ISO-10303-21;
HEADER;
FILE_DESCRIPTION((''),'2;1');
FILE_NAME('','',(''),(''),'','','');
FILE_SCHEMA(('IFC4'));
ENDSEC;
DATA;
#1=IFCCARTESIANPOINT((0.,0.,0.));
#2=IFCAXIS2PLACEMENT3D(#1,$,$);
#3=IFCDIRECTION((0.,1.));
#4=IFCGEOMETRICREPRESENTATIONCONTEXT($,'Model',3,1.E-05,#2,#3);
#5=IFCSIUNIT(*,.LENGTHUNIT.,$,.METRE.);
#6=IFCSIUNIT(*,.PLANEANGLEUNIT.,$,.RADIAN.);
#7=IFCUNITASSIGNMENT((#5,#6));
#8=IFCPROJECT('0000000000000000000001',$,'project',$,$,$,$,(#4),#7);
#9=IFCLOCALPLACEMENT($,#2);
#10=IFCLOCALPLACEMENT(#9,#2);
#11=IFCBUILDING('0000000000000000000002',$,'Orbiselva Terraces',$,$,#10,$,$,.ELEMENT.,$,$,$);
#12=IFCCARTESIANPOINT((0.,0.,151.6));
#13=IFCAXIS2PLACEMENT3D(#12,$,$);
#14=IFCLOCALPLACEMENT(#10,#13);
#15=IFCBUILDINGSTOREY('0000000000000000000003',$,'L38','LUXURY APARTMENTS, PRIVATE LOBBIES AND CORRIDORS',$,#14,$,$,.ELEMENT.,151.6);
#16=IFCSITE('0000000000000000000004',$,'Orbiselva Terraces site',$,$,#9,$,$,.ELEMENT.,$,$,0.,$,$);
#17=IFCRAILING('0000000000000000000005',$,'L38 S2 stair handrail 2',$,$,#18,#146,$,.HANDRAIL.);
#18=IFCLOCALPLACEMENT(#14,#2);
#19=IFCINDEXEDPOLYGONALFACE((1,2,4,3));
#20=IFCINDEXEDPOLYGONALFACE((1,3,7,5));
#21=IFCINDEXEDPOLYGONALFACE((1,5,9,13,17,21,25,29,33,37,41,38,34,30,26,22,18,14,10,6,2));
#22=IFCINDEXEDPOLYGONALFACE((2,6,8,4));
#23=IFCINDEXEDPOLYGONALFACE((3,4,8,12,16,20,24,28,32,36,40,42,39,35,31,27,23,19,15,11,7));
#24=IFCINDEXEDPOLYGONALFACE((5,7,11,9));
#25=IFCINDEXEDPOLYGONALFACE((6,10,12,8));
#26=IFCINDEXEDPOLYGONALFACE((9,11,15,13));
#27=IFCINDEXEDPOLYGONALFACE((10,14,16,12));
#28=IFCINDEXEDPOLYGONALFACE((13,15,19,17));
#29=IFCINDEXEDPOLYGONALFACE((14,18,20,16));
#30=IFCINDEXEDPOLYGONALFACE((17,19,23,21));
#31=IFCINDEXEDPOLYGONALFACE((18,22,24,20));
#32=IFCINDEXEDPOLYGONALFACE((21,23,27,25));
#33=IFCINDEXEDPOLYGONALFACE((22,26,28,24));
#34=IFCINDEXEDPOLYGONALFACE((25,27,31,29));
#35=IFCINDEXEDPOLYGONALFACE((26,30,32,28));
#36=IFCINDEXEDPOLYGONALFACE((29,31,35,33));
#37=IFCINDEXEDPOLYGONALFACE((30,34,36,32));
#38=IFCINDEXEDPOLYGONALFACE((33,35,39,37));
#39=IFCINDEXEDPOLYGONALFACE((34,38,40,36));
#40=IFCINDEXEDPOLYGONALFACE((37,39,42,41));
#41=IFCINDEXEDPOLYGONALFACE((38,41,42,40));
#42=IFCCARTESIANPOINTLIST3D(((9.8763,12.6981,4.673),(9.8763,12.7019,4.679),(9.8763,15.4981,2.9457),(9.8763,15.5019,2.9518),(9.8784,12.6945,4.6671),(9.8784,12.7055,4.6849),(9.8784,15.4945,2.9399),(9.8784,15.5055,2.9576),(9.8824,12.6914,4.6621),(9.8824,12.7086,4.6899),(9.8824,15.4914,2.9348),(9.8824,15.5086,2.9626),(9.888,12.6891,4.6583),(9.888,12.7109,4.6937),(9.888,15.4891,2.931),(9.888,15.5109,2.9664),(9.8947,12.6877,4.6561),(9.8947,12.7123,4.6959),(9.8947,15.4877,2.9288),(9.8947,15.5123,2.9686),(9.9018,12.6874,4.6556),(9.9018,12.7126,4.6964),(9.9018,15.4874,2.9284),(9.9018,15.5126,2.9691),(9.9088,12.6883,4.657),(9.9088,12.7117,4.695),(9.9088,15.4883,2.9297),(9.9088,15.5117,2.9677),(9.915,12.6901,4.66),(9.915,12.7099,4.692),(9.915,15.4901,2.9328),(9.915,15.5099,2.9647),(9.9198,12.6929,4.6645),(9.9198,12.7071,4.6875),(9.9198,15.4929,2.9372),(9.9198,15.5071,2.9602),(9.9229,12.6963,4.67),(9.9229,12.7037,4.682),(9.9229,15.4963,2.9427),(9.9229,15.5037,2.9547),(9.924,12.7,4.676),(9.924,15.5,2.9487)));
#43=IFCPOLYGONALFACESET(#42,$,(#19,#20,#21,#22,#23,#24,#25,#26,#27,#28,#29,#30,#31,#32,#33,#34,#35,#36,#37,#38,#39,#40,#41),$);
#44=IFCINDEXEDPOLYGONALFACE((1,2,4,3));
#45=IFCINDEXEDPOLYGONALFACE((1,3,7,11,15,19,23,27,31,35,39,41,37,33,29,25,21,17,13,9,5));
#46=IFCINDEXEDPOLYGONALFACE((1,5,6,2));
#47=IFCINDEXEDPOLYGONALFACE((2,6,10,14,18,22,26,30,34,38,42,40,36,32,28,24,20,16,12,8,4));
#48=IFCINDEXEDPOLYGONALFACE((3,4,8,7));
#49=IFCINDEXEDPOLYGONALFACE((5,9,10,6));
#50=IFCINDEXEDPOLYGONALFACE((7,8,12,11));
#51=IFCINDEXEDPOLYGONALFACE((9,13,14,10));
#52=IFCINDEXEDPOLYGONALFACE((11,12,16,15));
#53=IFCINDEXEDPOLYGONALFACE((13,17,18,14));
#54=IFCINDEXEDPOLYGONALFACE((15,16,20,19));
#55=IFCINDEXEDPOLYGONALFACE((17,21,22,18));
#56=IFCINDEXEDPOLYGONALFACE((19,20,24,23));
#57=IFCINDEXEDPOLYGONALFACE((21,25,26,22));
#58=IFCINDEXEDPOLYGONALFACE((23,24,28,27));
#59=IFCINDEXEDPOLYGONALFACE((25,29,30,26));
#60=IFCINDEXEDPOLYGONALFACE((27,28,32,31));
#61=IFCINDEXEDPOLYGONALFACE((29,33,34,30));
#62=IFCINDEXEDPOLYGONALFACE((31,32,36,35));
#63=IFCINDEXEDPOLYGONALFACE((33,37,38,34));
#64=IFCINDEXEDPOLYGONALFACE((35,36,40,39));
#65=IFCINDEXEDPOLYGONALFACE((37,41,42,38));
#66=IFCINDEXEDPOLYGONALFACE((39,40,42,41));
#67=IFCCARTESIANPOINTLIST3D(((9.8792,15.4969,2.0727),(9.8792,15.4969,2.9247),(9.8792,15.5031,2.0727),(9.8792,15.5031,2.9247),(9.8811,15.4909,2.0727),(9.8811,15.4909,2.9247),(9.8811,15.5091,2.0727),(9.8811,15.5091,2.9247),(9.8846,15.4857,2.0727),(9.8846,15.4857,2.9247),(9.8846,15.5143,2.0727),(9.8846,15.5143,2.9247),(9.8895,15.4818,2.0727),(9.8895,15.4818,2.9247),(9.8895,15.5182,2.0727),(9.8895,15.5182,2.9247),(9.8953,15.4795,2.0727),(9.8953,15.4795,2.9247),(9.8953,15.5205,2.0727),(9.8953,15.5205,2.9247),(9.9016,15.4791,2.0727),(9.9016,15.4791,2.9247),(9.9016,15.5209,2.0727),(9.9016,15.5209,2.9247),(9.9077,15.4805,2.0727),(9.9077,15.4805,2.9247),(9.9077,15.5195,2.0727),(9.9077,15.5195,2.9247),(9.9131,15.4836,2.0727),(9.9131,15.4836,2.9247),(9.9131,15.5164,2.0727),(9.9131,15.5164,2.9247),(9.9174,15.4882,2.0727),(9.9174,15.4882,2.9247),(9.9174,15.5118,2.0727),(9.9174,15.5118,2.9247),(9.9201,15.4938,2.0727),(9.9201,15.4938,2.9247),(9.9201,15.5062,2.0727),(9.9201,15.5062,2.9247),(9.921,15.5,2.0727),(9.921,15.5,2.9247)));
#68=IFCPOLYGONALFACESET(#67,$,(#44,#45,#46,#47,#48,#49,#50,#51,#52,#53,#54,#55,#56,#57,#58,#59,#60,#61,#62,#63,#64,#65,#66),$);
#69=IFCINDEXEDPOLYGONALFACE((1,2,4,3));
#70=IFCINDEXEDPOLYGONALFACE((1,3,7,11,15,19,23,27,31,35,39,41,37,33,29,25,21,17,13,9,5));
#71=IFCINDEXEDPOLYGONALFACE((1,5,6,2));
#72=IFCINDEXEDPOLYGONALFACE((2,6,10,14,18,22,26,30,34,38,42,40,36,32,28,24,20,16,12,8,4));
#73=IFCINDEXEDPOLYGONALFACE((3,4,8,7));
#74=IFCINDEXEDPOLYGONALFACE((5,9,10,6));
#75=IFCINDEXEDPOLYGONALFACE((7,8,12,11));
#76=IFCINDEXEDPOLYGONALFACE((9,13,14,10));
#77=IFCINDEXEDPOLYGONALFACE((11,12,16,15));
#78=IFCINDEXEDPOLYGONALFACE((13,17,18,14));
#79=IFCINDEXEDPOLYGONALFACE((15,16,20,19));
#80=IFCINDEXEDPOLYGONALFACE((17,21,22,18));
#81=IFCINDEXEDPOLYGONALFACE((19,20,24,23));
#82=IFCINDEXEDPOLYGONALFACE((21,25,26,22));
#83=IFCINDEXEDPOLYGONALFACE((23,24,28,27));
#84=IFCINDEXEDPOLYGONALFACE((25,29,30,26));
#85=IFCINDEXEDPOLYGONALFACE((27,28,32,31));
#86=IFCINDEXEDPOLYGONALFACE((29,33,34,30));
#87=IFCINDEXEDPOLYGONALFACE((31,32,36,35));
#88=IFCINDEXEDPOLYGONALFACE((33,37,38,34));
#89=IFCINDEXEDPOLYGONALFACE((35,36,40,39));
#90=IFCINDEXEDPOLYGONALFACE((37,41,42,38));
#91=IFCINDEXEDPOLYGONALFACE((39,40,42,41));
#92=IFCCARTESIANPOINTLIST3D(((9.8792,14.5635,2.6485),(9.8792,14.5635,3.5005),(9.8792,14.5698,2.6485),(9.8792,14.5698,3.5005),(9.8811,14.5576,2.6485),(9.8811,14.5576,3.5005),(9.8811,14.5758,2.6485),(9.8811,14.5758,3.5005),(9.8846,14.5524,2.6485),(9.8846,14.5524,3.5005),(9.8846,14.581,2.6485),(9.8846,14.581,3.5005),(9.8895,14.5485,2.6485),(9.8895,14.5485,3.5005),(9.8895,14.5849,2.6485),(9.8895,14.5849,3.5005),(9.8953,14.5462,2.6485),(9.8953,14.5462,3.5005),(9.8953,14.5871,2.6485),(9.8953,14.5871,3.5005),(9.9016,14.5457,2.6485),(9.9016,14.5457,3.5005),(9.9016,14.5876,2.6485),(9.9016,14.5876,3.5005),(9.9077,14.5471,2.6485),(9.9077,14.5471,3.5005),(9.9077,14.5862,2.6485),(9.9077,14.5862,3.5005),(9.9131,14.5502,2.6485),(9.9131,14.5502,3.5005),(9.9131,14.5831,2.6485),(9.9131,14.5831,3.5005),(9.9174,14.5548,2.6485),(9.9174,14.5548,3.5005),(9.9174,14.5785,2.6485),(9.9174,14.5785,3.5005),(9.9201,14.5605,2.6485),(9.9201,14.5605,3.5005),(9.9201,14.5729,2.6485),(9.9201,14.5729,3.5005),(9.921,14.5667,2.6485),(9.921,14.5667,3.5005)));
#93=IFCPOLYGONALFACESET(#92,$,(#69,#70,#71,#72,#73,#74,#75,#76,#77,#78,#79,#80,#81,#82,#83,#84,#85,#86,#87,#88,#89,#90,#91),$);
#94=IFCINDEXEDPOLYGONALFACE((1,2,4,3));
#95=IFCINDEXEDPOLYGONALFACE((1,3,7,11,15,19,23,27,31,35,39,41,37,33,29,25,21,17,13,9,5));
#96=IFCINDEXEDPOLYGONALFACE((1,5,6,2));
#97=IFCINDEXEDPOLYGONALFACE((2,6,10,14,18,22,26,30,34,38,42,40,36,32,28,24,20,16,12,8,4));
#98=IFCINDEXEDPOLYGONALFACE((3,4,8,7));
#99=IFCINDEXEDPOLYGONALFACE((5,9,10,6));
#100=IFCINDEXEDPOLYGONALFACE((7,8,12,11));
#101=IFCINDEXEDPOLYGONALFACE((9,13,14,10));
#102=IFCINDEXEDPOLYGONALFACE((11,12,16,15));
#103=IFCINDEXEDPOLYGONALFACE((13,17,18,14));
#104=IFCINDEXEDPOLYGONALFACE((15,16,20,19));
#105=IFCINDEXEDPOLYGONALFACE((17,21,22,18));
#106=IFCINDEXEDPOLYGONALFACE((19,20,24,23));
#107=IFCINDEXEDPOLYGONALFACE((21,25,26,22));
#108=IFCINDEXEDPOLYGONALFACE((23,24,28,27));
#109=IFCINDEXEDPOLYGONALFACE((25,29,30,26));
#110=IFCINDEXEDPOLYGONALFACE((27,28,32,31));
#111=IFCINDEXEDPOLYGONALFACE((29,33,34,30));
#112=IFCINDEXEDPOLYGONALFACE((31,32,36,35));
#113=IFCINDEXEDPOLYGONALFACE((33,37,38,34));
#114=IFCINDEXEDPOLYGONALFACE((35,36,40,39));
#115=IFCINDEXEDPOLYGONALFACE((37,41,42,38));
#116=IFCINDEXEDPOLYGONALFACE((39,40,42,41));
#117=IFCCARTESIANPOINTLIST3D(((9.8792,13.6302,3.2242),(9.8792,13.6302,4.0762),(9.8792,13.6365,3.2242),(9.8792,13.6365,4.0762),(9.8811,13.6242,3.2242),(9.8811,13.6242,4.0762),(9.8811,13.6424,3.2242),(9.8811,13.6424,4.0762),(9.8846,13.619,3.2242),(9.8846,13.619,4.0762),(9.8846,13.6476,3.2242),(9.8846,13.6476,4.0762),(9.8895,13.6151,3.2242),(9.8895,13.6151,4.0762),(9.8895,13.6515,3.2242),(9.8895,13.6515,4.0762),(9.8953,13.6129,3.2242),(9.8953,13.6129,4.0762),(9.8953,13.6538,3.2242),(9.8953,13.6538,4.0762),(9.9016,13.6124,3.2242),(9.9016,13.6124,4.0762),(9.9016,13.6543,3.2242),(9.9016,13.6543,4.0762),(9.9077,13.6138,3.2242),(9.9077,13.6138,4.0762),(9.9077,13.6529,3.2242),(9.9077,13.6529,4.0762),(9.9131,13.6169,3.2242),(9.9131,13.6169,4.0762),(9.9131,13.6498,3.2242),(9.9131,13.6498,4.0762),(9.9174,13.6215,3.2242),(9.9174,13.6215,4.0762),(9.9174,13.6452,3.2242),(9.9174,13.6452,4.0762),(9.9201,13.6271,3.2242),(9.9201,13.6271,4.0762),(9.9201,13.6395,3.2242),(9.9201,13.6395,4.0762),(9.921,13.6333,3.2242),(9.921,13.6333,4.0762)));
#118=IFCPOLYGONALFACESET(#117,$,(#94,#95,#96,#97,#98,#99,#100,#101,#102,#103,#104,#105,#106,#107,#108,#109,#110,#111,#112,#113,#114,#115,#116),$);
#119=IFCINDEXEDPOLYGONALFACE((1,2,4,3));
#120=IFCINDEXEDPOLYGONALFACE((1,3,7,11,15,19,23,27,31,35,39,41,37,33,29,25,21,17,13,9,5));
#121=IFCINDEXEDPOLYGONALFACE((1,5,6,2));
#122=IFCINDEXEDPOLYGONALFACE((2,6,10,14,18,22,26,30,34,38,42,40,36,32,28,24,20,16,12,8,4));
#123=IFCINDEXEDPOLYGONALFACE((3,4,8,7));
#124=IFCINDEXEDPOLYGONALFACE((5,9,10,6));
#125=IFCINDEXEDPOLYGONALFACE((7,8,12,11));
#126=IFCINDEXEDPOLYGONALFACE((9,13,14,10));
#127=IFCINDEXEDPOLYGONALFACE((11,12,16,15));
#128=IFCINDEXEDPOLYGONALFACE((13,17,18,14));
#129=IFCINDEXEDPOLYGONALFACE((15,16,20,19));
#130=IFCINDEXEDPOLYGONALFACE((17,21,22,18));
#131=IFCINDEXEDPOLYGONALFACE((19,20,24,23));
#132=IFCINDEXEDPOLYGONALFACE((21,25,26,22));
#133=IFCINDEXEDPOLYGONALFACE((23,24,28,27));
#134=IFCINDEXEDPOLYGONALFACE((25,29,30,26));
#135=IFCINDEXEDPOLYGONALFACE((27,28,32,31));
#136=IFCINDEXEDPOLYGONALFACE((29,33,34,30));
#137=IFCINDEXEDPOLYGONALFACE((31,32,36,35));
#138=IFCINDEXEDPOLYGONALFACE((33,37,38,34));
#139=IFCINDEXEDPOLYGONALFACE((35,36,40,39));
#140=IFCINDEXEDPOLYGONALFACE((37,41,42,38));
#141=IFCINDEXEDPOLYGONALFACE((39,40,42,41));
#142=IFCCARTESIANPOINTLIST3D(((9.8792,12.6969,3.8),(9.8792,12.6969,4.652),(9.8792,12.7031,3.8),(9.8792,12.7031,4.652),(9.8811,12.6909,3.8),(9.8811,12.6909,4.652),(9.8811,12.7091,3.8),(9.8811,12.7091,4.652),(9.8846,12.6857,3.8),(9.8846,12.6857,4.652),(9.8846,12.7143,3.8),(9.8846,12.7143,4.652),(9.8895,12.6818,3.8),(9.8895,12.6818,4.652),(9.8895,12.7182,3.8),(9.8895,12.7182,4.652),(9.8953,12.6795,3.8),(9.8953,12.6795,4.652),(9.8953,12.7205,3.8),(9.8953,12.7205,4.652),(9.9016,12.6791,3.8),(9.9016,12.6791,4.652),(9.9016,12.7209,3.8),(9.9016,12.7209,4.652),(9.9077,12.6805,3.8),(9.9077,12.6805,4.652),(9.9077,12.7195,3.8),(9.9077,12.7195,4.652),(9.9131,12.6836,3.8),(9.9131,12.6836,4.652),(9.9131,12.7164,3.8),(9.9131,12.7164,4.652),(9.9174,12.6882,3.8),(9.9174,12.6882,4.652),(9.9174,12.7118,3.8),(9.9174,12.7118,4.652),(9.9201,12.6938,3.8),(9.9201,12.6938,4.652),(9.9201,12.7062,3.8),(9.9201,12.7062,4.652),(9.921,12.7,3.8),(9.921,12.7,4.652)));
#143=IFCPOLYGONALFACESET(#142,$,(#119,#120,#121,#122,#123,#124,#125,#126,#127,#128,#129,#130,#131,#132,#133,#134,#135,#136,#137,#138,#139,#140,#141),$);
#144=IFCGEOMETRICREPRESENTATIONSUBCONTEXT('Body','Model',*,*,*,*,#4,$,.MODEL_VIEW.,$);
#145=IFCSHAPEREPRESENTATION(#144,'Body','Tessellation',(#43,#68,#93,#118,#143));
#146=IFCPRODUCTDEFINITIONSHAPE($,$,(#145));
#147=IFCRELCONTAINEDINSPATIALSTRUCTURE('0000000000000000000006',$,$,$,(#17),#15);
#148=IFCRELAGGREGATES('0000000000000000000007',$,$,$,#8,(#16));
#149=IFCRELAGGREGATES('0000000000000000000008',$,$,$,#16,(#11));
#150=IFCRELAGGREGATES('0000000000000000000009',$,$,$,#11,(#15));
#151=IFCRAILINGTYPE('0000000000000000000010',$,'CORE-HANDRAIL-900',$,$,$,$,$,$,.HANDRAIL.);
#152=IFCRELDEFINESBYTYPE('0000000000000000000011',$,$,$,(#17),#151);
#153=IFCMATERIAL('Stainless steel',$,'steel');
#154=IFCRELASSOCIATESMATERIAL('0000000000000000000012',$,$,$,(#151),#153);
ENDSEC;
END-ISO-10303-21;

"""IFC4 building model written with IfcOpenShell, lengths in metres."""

from ifc_helpers import new_model, si_unit, direction, frame, origin, origin_2d, place, context, subcontext, project, spatial, circle, extrude, material, type_object, element, save


model = new_model("IFC4")

# Units and contexts
model_context = context("Model", 3, precision=1e-05, world=origin(), true_north=direction((0.0, 1.0)))
body_context = subcontext(model_context, "Body", "Model", "MODEL_VIEW")
ifc_project = project(units=[si_unit("LENGTHUNIT", "METRE"), si_unit("PLANEANGLEUNIT", "RADIAN")], contexts=[model_context])

# Site, building, storey
site_placement = place(None, origin())
site = spatial("IfcSite", under=ifc_project, at=site_placement, Name="Orbiselva Terraces site", CompositionType="ELEMENT", RefElevation=0.0)
building_placement = place(site_placement, origin())
building = spatial("IfcBuilding", under=site, at=building_placement, Name="Orbiselva Terraces", CompositionType="ELEMENT")
storey_placement = place(building_placement, frame((0.0, 0.0, 151.6)))
storey = spatial("IfcBuildingStorey", under=building, at=storey_placement, Name="L38", Description="LUXURY APARTMENTS, PRIVATE LOBBIES AND CORRIDORS", CompositionType="ELEMENT", Elevation=151.6)

# Railing
ifc_material_1 = material(Name="Stainless steel", Category="steel")
railing_type = type_object("IfcRailingType", Name="CORE-HANDRAIL-900", PredefinedType="HANDRAIL", material=ifc_material_1)
railing_placement = place(storey_placement, frame((9.9, 15.5, 2.0727)))
element("IfcRailing", 1, at=railing_placement, inside=storey, type_object=railing_type, Name="L38 S2 stair handrail 2", PredefinedType="HANDRAIL", context=body_context, shape_type="SweptSolid", body=[
    extrude(circle(Radius=0.024, at=origin_2d()), frame((0.0, 0.0, 0.876), z_axis=(0.0, -0.851089, 0.525022), x_axis=(1.0, 0.0, 0.0)), (0.0, 0.0, 1.0), 3.2899),
    extrude(circle(Radius=0.021, at=origin_2d()), origin(), (0.0, 0.0, 1.0), 0.852),
    extrude(circle(Radius=0.021, at=origin_2d()), frame((0.0, -0.9333, 0.5758)), (0.0, 0.0, 1.0), 0.852),
    extrude(circle(Radius=0.021, at=origin_2d()), frame((0.0, -1.8667, 1.1515)), (0.0, 0.0, 1.0), 0.852),
    extrude(circle(Radius=0.021, at=origin_2d()), frame((0.0, -2.8, 1.7273)), (0.0, 0.0, 1.0), 0.852),
])

save(model, "model.ifc")
